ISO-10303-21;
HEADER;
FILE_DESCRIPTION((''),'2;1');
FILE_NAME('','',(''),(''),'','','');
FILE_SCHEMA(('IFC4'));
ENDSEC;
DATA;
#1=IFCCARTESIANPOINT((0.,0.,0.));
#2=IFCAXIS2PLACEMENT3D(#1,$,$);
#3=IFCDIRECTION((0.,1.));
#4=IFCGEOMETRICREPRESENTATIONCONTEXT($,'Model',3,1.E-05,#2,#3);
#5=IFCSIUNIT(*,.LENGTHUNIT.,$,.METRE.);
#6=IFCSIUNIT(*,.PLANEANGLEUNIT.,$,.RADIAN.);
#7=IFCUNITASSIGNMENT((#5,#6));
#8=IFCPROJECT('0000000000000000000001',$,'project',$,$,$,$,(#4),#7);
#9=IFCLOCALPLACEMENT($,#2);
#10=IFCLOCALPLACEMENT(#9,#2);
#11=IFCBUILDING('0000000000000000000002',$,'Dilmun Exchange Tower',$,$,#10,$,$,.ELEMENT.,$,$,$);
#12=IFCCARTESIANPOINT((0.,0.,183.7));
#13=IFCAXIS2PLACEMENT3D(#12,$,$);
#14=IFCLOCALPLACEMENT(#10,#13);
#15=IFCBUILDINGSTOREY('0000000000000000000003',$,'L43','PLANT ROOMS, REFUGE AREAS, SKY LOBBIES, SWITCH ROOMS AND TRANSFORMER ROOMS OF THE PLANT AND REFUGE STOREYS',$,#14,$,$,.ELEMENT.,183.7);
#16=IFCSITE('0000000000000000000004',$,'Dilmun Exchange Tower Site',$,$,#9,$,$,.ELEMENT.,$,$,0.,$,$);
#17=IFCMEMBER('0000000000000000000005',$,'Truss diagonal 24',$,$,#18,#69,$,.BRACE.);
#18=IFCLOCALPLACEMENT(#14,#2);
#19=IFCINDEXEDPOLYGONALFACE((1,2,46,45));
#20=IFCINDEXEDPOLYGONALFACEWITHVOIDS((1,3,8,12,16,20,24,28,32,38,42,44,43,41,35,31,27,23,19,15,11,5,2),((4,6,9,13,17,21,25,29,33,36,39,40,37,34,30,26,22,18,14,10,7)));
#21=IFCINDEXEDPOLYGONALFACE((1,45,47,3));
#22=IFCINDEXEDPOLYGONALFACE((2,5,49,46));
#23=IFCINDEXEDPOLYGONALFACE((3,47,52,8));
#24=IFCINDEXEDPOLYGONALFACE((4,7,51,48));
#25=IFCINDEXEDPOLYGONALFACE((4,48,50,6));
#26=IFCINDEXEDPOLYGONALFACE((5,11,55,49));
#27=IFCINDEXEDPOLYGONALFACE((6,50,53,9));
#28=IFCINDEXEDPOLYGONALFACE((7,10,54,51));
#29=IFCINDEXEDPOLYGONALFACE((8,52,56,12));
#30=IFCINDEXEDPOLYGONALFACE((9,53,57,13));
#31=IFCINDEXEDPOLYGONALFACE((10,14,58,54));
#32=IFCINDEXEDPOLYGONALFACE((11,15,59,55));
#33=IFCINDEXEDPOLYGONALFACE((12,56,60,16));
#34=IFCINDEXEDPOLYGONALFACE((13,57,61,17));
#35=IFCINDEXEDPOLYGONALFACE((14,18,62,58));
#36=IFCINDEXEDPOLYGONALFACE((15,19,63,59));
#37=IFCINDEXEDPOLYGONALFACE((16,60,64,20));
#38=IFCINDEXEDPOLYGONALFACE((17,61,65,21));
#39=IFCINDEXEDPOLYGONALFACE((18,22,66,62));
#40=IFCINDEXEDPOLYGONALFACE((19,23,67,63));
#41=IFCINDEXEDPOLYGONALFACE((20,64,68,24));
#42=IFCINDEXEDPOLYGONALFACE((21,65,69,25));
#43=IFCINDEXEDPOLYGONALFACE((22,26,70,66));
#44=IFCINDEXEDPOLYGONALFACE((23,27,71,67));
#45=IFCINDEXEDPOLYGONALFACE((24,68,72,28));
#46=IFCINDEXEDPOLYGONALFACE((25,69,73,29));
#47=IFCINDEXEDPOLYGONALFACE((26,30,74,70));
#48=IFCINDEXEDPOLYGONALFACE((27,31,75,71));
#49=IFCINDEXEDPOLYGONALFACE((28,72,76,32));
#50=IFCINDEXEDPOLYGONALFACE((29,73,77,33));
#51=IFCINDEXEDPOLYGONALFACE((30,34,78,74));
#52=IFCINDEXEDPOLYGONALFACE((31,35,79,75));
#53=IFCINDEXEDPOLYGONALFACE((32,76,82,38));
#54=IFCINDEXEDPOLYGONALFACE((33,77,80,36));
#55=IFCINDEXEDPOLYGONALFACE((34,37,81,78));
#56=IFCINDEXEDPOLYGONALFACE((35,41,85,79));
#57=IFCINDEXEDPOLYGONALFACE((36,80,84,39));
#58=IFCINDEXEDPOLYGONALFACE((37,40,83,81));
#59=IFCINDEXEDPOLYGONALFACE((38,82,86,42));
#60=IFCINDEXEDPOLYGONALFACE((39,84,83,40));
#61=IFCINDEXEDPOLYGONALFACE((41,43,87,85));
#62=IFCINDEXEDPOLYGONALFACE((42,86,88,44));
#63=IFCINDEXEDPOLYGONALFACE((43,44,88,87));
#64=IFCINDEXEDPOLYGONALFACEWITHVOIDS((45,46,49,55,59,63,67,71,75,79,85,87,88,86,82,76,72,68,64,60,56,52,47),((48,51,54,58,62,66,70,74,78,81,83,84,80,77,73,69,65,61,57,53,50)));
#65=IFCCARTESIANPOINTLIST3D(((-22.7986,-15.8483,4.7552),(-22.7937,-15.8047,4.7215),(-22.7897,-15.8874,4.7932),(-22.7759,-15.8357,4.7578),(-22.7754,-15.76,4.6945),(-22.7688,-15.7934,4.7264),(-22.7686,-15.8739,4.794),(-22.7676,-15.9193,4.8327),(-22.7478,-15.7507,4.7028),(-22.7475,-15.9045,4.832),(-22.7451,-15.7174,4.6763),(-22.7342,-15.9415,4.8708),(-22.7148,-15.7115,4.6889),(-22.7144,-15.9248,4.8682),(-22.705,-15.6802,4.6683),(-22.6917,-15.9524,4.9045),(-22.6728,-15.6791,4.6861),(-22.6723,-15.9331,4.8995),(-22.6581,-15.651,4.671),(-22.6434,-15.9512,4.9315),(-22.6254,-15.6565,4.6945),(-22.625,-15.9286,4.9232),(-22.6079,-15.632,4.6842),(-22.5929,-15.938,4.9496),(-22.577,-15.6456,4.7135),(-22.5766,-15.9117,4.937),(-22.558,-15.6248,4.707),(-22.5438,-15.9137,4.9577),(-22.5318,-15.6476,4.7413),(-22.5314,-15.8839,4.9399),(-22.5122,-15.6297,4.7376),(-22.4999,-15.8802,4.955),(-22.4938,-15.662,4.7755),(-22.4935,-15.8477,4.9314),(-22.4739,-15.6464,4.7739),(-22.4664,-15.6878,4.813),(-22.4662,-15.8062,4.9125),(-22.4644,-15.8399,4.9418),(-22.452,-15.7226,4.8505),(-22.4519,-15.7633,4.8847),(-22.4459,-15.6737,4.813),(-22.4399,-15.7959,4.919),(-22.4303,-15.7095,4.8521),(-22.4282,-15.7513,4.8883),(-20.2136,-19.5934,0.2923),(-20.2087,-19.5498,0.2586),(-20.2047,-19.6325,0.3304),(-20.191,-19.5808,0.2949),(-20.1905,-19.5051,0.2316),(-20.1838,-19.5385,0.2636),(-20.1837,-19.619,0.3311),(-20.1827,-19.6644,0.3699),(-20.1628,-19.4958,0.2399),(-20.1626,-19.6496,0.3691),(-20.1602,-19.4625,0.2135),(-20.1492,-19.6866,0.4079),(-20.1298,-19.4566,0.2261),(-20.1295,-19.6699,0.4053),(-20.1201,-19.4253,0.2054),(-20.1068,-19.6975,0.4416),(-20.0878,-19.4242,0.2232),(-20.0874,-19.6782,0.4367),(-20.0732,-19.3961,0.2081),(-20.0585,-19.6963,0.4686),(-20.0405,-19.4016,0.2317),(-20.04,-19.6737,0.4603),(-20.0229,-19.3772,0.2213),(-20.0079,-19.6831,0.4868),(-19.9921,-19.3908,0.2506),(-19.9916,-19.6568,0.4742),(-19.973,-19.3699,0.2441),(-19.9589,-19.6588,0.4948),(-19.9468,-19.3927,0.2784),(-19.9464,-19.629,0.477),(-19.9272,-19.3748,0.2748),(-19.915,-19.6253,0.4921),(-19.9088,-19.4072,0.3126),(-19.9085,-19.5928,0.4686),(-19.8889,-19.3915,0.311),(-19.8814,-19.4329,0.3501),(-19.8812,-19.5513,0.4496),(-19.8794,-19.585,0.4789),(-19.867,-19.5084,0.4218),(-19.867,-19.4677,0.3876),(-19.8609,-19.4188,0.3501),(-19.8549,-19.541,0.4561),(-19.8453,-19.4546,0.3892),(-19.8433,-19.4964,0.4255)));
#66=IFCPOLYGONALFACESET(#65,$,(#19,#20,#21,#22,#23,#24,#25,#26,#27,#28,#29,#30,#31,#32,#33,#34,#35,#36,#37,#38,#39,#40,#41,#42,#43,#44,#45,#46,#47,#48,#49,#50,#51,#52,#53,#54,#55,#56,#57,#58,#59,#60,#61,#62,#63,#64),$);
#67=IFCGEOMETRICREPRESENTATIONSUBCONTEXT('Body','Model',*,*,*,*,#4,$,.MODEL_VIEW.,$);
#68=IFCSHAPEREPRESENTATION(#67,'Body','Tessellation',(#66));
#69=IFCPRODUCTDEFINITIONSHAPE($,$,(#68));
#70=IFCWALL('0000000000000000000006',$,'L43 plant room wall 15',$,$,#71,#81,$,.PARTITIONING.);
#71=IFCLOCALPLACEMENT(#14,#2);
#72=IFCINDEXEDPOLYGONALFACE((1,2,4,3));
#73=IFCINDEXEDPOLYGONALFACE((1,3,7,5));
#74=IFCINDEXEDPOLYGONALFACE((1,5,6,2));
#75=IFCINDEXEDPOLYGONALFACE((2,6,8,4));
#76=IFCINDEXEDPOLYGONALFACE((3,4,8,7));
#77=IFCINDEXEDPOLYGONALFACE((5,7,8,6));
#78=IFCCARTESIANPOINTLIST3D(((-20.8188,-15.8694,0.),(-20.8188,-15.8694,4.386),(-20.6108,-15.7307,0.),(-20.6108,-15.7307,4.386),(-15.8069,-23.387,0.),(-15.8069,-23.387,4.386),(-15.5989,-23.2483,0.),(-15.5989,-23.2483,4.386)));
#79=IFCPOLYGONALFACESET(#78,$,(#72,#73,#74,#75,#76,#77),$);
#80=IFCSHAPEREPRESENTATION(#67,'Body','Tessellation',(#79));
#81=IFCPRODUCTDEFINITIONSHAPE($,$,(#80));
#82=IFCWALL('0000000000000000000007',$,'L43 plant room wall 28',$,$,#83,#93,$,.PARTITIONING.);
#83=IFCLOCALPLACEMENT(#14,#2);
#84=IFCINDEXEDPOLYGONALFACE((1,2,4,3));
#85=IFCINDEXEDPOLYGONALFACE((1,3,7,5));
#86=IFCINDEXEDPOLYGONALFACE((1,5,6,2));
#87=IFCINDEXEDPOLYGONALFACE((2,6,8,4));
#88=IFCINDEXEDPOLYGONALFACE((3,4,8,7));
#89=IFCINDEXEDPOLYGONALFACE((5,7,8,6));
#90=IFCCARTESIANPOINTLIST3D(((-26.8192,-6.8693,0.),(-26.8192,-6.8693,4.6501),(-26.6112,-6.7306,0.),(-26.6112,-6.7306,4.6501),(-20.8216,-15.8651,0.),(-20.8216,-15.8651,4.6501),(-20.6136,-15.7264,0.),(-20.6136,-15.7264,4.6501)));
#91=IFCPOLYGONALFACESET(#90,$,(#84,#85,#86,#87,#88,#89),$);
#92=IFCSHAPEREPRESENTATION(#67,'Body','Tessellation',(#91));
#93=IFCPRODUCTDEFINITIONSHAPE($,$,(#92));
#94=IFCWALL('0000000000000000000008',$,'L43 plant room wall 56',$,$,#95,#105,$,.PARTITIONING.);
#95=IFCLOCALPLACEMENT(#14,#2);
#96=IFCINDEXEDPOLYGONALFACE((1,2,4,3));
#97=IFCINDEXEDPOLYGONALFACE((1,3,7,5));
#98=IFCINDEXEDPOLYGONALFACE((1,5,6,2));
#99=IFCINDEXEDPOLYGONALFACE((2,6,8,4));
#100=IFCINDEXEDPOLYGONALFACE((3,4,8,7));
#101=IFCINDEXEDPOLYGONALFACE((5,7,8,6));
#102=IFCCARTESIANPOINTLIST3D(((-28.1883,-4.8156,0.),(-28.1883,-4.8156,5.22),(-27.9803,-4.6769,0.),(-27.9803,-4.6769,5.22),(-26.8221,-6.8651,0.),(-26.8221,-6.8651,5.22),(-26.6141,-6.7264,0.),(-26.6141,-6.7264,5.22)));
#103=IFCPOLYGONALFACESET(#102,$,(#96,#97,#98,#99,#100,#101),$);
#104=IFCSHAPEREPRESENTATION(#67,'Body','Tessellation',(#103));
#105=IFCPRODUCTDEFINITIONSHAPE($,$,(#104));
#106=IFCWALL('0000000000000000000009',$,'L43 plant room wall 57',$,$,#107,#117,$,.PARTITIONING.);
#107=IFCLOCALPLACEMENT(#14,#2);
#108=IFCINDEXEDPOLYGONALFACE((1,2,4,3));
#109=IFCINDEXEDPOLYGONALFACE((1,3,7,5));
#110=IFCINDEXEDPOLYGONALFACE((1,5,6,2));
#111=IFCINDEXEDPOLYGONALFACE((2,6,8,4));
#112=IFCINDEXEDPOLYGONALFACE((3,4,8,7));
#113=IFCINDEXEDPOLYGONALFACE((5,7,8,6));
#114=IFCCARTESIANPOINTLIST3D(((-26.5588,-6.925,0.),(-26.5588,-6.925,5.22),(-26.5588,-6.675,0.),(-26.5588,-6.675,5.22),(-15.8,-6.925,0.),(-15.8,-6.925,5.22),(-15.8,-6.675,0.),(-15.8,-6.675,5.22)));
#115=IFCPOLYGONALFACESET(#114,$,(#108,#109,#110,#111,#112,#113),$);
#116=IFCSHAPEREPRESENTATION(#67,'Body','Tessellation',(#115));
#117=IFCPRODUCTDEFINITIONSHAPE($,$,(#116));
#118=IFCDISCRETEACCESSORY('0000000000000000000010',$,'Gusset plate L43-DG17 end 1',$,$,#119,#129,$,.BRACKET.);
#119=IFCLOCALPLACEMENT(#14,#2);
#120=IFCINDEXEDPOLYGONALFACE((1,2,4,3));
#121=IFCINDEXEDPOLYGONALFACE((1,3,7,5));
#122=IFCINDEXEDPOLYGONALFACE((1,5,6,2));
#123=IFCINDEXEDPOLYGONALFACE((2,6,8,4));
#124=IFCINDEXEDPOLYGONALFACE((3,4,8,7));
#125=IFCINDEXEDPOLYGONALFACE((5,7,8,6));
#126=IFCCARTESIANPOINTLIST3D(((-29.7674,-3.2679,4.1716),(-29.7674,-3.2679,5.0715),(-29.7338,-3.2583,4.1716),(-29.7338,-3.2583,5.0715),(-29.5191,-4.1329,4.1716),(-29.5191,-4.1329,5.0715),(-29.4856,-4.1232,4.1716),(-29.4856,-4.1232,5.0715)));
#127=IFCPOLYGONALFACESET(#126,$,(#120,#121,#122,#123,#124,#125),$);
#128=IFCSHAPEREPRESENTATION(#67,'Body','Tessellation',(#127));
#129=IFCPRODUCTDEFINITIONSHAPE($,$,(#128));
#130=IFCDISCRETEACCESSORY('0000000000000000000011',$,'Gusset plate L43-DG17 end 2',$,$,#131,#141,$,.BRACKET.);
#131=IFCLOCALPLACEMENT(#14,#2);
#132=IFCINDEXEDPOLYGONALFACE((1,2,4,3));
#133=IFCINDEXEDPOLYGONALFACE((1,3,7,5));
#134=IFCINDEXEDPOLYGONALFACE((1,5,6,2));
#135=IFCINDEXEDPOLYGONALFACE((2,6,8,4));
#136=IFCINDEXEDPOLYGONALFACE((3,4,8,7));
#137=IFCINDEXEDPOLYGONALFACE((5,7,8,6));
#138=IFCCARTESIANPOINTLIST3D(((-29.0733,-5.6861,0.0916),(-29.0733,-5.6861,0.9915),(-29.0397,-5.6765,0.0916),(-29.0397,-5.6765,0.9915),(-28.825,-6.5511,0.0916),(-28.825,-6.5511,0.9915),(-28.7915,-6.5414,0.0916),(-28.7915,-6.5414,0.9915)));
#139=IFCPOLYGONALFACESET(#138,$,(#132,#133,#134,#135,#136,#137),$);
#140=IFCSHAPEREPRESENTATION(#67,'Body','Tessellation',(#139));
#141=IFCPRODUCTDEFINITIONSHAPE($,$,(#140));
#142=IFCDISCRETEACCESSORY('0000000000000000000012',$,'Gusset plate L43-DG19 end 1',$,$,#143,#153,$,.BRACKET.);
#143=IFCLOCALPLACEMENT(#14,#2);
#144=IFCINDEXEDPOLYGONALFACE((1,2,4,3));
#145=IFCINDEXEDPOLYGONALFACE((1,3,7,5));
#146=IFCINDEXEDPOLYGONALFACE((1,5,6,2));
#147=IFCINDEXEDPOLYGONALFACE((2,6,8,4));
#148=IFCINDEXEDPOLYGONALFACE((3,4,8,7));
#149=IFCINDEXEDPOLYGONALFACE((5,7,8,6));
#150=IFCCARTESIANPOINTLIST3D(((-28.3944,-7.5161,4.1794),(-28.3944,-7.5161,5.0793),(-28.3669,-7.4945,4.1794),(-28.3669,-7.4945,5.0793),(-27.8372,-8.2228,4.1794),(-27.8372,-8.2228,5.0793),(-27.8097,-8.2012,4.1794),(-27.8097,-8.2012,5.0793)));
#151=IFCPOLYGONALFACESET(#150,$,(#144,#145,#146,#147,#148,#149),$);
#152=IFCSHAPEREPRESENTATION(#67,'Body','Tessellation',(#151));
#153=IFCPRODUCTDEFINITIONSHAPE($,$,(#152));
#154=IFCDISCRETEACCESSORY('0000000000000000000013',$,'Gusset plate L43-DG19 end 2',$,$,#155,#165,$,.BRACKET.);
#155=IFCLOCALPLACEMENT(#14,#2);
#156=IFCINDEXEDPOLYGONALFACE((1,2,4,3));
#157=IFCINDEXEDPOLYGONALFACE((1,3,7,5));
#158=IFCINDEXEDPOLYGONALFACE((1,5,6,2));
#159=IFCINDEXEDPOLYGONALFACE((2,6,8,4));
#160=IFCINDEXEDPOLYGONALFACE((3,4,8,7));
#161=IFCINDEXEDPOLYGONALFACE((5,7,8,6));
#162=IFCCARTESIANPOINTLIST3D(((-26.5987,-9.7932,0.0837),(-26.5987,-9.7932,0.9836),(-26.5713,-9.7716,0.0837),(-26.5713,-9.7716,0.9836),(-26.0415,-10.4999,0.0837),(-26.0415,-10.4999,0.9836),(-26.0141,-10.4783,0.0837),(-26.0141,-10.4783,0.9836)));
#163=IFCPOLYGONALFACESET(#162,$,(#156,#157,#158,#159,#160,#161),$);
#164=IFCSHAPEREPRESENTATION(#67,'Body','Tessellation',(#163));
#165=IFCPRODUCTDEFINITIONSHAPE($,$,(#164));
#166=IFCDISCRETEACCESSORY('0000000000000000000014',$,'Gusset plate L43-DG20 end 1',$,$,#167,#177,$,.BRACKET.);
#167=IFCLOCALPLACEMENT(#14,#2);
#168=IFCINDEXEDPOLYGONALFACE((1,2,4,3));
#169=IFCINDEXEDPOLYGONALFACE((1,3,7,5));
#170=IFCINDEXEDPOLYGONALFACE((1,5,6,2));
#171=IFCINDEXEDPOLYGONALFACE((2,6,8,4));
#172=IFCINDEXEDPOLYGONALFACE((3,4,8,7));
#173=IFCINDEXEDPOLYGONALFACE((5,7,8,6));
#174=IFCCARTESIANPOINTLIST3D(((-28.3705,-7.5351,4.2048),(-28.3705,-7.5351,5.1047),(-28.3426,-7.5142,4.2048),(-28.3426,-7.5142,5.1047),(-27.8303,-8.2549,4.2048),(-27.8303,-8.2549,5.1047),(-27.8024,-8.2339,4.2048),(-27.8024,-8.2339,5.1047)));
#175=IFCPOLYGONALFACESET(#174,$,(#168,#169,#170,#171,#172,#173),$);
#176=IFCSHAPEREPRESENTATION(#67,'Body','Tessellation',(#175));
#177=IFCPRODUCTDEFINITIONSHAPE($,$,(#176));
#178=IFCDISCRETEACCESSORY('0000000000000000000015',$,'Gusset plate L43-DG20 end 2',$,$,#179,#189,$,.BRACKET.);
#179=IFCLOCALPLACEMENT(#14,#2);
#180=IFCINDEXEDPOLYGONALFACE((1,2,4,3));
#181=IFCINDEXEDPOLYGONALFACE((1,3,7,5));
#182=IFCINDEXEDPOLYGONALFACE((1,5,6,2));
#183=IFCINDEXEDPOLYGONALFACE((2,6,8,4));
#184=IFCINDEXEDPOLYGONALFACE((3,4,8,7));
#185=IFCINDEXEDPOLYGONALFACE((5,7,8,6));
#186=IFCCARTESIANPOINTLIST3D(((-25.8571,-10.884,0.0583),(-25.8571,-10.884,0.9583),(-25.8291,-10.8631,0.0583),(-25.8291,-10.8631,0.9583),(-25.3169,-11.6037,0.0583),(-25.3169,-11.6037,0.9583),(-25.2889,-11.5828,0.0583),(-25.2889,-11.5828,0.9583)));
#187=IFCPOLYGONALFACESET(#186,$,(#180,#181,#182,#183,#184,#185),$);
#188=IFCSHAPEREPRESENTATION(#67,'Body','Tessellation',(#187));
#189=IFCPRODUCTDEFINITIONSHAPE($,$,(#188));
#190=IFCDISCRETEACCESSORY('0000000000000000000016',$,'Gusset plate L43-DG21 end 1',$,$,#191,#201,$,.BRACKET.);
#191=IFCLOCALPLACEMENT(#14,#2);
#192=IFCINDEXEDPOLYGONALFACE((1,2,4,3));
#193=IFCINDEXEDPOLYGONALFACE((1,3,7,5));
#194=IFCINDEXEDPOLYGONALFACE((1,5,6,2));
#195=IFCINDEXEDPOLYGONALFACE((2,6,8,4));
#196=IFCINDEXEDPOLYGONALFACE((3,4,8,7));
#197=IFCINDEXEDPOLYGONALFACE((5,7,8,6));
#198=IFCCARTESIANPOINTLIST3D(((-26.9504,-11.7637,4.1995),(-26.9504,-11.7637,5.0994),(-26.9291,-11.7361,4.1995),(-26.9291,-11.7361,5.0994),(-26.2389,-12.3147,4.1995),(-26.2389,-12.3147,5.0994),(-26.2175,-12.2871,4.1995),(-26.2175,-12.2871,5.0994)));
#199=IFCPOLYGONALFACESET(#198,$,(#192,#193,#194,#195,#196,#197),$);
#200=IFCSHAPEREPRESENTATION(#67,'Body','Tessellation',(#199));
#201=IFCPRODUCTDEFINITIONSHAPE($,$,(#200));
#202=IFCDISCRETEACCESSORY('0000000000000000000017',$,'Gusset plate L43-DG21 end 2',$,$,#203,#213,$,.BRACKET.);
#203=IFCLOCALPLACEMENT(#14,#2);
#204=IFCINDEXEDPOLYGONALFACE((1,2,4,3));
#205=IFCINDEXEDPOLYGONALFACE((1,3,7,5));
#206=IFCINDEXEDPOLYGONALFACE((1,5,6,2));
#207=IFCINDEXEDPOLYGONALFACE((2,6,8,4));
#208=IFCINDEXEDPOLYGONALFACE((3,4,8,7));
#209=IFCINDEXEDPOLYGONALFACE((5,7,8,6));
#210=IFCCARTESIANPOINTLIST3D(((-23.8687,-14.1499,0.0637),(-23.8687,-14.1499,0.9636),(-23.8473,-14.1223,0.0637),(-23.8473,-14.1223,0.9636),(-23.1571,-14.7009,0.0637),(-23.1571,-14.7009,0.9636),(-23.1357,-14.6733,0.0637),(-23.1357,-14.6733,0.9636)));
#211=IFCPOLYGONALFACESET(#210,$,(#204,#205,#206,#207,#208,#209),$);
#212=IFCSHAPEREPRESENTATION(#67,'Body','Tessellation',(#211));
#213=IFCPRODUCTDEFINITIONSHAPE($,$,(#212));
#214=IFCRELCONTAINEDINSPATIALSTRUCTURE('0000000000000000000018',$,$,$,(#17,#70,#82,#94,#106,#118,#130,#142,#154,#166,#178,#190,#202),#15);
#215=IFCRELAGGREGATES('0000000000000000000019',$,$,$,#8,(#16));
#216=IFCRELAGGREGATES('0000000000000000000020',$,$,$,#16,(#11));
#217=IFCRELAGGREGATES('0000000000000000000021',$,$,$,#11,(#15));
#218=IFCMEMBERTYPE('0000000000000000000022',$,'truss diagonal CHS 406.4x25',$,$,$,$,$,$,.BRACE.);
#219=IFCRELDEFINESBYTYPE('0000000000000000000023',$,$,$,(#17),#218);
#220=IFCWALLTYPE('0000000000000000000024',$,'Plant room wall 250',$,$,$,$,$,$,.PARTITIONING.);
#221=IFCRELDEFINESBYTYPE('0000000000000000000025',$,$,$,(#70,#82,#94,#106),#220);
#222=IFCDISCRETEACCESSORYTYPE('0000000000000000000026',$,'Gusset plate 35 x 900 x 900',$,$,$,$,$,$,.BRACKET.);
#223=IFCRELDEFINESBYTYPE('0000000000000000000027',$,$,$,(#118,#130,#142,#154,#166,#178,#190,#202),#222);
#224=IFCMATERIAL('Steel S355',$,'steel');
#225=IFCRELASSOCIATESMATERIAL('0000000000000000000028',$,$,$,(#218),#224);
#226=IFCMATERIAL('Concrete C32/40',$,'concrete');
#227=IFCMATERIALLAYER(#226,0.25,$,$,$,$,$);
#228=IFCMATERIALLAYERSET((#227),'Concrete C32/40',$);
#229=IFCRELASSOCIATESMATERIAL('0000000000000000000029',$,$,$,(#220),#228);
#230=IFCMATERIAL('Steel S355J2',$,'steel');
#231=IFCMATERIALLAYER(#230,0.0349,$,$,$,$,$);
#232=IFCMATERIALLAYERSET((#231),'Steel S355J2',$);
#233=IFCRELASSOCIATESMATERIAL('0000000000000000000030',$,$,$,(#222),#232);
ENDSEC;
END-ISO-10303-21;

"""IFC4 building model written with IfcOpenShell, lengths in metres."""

from ifc_helpers import new_model, si_unit, direction, frame, frame_2d, origin, origin_2d, place, context, subcontext, project, spatial, rectangle, hollow_circle, extrude, material, layer, layer_set, material_profile, profile_set, type_object, element, save


model = new_model("IFC4")

# Units and contexts
model_context = context("Model", 3, precision=1e-05, world=origin(), true_north=direction((0.0, 1.0)))
body_context = subcontext(model_context, "Body", "Model", "MODEL_VIEW")
ifc_project = project(units=[si_unit("LENGTHUNIT", "METRE"), si_unit("PLANEANGLEUNIT", "RADIAN")], contexts=[model_context])

# Site, building, storey
site_placement = place(None, origin())
site = spatial("IfcSite", under=ifc_project, at=site_placement, Name="Dilmun Exchange Tower Site", CompositionType="ELEMENT", RefElevation=0.0)
building_placement = place(site_placement, origin())
building = spatial("IfcBuilding", under=site, at=building_placement, Name="Dilmun Exchange Tower", CompositionType="ELEMENT")
storey_placement = place(building_placement, frame((0.0, 0.0, 183.7)))
storey = spatial("IfcBuildingStorey", under=building, at=storey_placement, Name="L43", Description="PLANT ROOMS, REFUGE AREAS, SKY LOBBIES, SWITCH ROOMS AND TRANSFORMER ROOMS OF THE PLANT AND REFUGE STOREYS", CompositionType="ELEMENT", Elevation=183.7)

# Shared definitions
ifc_material_1 = material(Name="Steel S355", Category="steel")

# Member
ifc_material_profile_1 = material_profile(ifc_material_1, hollow_circle(Radius=0.2031, WallThickness=0.0249, at=origin_2d()), Name="CHS 406.4x25")
ifc_profile_set_1 = profile_set([ifc_material_profile_1], Name="Steel S355")
member_type = type_object("IfcMemberType", Name="truss diagonal CHS 406.4x25", PredefinedType="BRACE", material=ifc_profile_set_1)
member_1_placement = place(storey_placement, frame((-22.613, -15.7891, 4.813), z_axis=(0.40556, -0.58758, -0.700193), x_axis=(0.822995, 0.568049, 0.0)))
element("IfcMember", 1, at=member_1_placement, inside=storey, type_object=member_type, Name="Truss diagonal 24", PredefinedType="BRACE", context=body_context, shape_type="SweptSolid", body=[
    extrude(hollow_circle(Radius=0.2031, WallThickness=0.0249, at=origin_2d()), origin(), (0.0, 0.0, 1.0), 6.3738),
])

# Walls
ifc_material_2 = material(Name="Concrete C32/40", Category="concrete")
ifc_layer_1 = layer(ifc_material_2, 0.25)
ifc_layer_set_1 = layer_set([ifc_layer_1], Name="Concrete C32/40")
wall_type = type_object("IfcWallType", Name="Plant room wall 250", PredefinedType="PARTITIONING", material=ifc_layer_set_1)
wall_1_placement = place(storey_placement, frame((-20.7148, -15.8, 0.0), z_axis=(0.0, 0.0, 1.0), x_axis=(0.554719, -0.832038, 0.0)))
element("IfcWall", 2, at=wall_1_placement, inside=storey, type_object=wall_type, Name="L43 plant room wall 15", PredefinedType="PARTITIONING", context=body_context, shape_type="SweptSolid", body=[
    extrude(rectangle(XDim=9.0352, YDim=0.25, at=frame_2d((4.5176, 0.0))), origin(), (0.0, 0.0, 1.0), 4.386),
])
wall_2_placement = place(storey_placement, frame((-26.7151, -6.8, 0.0), z_axis=(0.0, 0.0, 1.0), x_axis=(0.554721, -0.832036, 0.0)))
element("IfcWall", 3, at=wall_2_placement, inside=storey, type_object=wall_type, Name="L43 plant room wall 28", PredefinedType="PARTITIONING", context=body_context, shape_type="SweptSolid", body=[
    extrude(rectangle(XDim=10.8118, YDim=0.25, at=frame_2d((5.4058, 0.0))), origin(), (0.0, 0.0, 1.0), 4.6501),
])
wall_3_placement = place(storey_placement, frame((-28.0842, -4.7463, 0.0), z_axis=(0.0, 0.0, 1.0), x_axis=(0.554654, -0.832081, 0.0)))
element("IfcWall", 4, at=wall_3_placement, inside=storey, type_object=wall_type, Name="L43 plant room wall 56", PredefinedType="PARTITIONING", context=body_context, shape_type="SweptSolid", body=[
    extrude(rectangle(XDim=2.4631, YDim=0.25, at=frame_2d((1.2314, 0.0))), origin(), (0.0, 0.0, 1.0), 5.22),
])
wall_4_placement = place(storey_placement, frame((-26.5588, -6.8, 0.0), z_axis=(0.0, 0.0, 1.0), x_axis=(1.0, 0.0, 0.0)))
element("IfcWall", 5, at=wall_4_placement, inside=storey, type_object=wall_type, Name="L43 plant room wall 57", PredefinedType="PARTITIONING", context=body_context, shape_type="SweptSolid", body=[
    extrude(rectangle(XDim=10.7588, YDim=0.25, at=frame_2d((5.3794, 0.0))), origin(), (0.0, 0.0, 1.0), 5.22),
])

# Discrete accessories
ifc_material_3 = material(Name="Steel S355J2", Category="steel")
ifc_layer_2 = layer(ifc_material_3, 0.0349)
ifc_layer_set_2 = layer_set([ifc_layer_2], Name="Steel S355J2")
discrete_accessory_type = type_object("IfcDiscreteAccessoryType", Name="Gusset plate 35 x 900 x 900", PredefinedType="BRACKET", material=ifc_layer_set_2)
for number, where, z_axis, x_axis, name in (
    (6, (-29.6265, -3.6956, 4.1716), (0.0, 0.0, 1.0), (0.275872, -0.961194, 0.0), "Gusset plate L43-DG17 end 1"),
    (7, (-28.9324, -6.1138, 0.0916), (0.0, 0.0, 1.0), (0.275872, -0.961194, 0.0), "Gusset plate L43-DG17 end 2"),
    (8, (-28.1021, -7.8586, 4.1794), (0.0, 0.0, 1.0), (0.619176, -0.785252, 0.0), "Gusset plate L43-DG19 end 1"),
    (9, (-26.3064, -10.1357, 0.0837), (0.0, 0.0, 1.0), (0.619176, -0.785252, 0.0), "Gusset plate L43-DG19 end 2"),
    (10, (-28.0864, -7.8845, 4.2048), (0.0, 0.0, 1.0), (0.600281, -0.799789, 0.0), "Gusset plate L43-DG20 end 1"),
    (11, (-25.573, -11.2334, 0.0583), (0.0, 0.0, 1.0), (0.600281, -0.799789, 0.0), "Gusset plate L43-DG20 end 2"),
    (12, (-26.584, -12.0254, 4.1995), (0.0, 0.0, 1.0), (0.790679, -0.612231, 0.0), "Gusset plate L43-DG21 end 1"),
    (13, (-23.5022, -14.4116, 0.0637), (0.0, 0.0, 1.0), (0.790679, -0.612231, 0.0), "Gusset plate L43-DG21 end 2"),
):
    element("IfcDiscreteAccessory", number, at=place(storey_placement, frame(where, z_axis=z_axis, x_axis=x_axis)), inside=storey, type_object=discrete_accessory_type, Name=name, PredefinedType="BRACKET", context=body_context, shape_type="SweptSolid", body=[
        extrude(rectangle(XDim=0.8999, YDim=0.0349, at=origin_2d()), origin(), (0.0, 0.0, 1.0), 0.8999),
    ])

save(model, "model.ifc")
